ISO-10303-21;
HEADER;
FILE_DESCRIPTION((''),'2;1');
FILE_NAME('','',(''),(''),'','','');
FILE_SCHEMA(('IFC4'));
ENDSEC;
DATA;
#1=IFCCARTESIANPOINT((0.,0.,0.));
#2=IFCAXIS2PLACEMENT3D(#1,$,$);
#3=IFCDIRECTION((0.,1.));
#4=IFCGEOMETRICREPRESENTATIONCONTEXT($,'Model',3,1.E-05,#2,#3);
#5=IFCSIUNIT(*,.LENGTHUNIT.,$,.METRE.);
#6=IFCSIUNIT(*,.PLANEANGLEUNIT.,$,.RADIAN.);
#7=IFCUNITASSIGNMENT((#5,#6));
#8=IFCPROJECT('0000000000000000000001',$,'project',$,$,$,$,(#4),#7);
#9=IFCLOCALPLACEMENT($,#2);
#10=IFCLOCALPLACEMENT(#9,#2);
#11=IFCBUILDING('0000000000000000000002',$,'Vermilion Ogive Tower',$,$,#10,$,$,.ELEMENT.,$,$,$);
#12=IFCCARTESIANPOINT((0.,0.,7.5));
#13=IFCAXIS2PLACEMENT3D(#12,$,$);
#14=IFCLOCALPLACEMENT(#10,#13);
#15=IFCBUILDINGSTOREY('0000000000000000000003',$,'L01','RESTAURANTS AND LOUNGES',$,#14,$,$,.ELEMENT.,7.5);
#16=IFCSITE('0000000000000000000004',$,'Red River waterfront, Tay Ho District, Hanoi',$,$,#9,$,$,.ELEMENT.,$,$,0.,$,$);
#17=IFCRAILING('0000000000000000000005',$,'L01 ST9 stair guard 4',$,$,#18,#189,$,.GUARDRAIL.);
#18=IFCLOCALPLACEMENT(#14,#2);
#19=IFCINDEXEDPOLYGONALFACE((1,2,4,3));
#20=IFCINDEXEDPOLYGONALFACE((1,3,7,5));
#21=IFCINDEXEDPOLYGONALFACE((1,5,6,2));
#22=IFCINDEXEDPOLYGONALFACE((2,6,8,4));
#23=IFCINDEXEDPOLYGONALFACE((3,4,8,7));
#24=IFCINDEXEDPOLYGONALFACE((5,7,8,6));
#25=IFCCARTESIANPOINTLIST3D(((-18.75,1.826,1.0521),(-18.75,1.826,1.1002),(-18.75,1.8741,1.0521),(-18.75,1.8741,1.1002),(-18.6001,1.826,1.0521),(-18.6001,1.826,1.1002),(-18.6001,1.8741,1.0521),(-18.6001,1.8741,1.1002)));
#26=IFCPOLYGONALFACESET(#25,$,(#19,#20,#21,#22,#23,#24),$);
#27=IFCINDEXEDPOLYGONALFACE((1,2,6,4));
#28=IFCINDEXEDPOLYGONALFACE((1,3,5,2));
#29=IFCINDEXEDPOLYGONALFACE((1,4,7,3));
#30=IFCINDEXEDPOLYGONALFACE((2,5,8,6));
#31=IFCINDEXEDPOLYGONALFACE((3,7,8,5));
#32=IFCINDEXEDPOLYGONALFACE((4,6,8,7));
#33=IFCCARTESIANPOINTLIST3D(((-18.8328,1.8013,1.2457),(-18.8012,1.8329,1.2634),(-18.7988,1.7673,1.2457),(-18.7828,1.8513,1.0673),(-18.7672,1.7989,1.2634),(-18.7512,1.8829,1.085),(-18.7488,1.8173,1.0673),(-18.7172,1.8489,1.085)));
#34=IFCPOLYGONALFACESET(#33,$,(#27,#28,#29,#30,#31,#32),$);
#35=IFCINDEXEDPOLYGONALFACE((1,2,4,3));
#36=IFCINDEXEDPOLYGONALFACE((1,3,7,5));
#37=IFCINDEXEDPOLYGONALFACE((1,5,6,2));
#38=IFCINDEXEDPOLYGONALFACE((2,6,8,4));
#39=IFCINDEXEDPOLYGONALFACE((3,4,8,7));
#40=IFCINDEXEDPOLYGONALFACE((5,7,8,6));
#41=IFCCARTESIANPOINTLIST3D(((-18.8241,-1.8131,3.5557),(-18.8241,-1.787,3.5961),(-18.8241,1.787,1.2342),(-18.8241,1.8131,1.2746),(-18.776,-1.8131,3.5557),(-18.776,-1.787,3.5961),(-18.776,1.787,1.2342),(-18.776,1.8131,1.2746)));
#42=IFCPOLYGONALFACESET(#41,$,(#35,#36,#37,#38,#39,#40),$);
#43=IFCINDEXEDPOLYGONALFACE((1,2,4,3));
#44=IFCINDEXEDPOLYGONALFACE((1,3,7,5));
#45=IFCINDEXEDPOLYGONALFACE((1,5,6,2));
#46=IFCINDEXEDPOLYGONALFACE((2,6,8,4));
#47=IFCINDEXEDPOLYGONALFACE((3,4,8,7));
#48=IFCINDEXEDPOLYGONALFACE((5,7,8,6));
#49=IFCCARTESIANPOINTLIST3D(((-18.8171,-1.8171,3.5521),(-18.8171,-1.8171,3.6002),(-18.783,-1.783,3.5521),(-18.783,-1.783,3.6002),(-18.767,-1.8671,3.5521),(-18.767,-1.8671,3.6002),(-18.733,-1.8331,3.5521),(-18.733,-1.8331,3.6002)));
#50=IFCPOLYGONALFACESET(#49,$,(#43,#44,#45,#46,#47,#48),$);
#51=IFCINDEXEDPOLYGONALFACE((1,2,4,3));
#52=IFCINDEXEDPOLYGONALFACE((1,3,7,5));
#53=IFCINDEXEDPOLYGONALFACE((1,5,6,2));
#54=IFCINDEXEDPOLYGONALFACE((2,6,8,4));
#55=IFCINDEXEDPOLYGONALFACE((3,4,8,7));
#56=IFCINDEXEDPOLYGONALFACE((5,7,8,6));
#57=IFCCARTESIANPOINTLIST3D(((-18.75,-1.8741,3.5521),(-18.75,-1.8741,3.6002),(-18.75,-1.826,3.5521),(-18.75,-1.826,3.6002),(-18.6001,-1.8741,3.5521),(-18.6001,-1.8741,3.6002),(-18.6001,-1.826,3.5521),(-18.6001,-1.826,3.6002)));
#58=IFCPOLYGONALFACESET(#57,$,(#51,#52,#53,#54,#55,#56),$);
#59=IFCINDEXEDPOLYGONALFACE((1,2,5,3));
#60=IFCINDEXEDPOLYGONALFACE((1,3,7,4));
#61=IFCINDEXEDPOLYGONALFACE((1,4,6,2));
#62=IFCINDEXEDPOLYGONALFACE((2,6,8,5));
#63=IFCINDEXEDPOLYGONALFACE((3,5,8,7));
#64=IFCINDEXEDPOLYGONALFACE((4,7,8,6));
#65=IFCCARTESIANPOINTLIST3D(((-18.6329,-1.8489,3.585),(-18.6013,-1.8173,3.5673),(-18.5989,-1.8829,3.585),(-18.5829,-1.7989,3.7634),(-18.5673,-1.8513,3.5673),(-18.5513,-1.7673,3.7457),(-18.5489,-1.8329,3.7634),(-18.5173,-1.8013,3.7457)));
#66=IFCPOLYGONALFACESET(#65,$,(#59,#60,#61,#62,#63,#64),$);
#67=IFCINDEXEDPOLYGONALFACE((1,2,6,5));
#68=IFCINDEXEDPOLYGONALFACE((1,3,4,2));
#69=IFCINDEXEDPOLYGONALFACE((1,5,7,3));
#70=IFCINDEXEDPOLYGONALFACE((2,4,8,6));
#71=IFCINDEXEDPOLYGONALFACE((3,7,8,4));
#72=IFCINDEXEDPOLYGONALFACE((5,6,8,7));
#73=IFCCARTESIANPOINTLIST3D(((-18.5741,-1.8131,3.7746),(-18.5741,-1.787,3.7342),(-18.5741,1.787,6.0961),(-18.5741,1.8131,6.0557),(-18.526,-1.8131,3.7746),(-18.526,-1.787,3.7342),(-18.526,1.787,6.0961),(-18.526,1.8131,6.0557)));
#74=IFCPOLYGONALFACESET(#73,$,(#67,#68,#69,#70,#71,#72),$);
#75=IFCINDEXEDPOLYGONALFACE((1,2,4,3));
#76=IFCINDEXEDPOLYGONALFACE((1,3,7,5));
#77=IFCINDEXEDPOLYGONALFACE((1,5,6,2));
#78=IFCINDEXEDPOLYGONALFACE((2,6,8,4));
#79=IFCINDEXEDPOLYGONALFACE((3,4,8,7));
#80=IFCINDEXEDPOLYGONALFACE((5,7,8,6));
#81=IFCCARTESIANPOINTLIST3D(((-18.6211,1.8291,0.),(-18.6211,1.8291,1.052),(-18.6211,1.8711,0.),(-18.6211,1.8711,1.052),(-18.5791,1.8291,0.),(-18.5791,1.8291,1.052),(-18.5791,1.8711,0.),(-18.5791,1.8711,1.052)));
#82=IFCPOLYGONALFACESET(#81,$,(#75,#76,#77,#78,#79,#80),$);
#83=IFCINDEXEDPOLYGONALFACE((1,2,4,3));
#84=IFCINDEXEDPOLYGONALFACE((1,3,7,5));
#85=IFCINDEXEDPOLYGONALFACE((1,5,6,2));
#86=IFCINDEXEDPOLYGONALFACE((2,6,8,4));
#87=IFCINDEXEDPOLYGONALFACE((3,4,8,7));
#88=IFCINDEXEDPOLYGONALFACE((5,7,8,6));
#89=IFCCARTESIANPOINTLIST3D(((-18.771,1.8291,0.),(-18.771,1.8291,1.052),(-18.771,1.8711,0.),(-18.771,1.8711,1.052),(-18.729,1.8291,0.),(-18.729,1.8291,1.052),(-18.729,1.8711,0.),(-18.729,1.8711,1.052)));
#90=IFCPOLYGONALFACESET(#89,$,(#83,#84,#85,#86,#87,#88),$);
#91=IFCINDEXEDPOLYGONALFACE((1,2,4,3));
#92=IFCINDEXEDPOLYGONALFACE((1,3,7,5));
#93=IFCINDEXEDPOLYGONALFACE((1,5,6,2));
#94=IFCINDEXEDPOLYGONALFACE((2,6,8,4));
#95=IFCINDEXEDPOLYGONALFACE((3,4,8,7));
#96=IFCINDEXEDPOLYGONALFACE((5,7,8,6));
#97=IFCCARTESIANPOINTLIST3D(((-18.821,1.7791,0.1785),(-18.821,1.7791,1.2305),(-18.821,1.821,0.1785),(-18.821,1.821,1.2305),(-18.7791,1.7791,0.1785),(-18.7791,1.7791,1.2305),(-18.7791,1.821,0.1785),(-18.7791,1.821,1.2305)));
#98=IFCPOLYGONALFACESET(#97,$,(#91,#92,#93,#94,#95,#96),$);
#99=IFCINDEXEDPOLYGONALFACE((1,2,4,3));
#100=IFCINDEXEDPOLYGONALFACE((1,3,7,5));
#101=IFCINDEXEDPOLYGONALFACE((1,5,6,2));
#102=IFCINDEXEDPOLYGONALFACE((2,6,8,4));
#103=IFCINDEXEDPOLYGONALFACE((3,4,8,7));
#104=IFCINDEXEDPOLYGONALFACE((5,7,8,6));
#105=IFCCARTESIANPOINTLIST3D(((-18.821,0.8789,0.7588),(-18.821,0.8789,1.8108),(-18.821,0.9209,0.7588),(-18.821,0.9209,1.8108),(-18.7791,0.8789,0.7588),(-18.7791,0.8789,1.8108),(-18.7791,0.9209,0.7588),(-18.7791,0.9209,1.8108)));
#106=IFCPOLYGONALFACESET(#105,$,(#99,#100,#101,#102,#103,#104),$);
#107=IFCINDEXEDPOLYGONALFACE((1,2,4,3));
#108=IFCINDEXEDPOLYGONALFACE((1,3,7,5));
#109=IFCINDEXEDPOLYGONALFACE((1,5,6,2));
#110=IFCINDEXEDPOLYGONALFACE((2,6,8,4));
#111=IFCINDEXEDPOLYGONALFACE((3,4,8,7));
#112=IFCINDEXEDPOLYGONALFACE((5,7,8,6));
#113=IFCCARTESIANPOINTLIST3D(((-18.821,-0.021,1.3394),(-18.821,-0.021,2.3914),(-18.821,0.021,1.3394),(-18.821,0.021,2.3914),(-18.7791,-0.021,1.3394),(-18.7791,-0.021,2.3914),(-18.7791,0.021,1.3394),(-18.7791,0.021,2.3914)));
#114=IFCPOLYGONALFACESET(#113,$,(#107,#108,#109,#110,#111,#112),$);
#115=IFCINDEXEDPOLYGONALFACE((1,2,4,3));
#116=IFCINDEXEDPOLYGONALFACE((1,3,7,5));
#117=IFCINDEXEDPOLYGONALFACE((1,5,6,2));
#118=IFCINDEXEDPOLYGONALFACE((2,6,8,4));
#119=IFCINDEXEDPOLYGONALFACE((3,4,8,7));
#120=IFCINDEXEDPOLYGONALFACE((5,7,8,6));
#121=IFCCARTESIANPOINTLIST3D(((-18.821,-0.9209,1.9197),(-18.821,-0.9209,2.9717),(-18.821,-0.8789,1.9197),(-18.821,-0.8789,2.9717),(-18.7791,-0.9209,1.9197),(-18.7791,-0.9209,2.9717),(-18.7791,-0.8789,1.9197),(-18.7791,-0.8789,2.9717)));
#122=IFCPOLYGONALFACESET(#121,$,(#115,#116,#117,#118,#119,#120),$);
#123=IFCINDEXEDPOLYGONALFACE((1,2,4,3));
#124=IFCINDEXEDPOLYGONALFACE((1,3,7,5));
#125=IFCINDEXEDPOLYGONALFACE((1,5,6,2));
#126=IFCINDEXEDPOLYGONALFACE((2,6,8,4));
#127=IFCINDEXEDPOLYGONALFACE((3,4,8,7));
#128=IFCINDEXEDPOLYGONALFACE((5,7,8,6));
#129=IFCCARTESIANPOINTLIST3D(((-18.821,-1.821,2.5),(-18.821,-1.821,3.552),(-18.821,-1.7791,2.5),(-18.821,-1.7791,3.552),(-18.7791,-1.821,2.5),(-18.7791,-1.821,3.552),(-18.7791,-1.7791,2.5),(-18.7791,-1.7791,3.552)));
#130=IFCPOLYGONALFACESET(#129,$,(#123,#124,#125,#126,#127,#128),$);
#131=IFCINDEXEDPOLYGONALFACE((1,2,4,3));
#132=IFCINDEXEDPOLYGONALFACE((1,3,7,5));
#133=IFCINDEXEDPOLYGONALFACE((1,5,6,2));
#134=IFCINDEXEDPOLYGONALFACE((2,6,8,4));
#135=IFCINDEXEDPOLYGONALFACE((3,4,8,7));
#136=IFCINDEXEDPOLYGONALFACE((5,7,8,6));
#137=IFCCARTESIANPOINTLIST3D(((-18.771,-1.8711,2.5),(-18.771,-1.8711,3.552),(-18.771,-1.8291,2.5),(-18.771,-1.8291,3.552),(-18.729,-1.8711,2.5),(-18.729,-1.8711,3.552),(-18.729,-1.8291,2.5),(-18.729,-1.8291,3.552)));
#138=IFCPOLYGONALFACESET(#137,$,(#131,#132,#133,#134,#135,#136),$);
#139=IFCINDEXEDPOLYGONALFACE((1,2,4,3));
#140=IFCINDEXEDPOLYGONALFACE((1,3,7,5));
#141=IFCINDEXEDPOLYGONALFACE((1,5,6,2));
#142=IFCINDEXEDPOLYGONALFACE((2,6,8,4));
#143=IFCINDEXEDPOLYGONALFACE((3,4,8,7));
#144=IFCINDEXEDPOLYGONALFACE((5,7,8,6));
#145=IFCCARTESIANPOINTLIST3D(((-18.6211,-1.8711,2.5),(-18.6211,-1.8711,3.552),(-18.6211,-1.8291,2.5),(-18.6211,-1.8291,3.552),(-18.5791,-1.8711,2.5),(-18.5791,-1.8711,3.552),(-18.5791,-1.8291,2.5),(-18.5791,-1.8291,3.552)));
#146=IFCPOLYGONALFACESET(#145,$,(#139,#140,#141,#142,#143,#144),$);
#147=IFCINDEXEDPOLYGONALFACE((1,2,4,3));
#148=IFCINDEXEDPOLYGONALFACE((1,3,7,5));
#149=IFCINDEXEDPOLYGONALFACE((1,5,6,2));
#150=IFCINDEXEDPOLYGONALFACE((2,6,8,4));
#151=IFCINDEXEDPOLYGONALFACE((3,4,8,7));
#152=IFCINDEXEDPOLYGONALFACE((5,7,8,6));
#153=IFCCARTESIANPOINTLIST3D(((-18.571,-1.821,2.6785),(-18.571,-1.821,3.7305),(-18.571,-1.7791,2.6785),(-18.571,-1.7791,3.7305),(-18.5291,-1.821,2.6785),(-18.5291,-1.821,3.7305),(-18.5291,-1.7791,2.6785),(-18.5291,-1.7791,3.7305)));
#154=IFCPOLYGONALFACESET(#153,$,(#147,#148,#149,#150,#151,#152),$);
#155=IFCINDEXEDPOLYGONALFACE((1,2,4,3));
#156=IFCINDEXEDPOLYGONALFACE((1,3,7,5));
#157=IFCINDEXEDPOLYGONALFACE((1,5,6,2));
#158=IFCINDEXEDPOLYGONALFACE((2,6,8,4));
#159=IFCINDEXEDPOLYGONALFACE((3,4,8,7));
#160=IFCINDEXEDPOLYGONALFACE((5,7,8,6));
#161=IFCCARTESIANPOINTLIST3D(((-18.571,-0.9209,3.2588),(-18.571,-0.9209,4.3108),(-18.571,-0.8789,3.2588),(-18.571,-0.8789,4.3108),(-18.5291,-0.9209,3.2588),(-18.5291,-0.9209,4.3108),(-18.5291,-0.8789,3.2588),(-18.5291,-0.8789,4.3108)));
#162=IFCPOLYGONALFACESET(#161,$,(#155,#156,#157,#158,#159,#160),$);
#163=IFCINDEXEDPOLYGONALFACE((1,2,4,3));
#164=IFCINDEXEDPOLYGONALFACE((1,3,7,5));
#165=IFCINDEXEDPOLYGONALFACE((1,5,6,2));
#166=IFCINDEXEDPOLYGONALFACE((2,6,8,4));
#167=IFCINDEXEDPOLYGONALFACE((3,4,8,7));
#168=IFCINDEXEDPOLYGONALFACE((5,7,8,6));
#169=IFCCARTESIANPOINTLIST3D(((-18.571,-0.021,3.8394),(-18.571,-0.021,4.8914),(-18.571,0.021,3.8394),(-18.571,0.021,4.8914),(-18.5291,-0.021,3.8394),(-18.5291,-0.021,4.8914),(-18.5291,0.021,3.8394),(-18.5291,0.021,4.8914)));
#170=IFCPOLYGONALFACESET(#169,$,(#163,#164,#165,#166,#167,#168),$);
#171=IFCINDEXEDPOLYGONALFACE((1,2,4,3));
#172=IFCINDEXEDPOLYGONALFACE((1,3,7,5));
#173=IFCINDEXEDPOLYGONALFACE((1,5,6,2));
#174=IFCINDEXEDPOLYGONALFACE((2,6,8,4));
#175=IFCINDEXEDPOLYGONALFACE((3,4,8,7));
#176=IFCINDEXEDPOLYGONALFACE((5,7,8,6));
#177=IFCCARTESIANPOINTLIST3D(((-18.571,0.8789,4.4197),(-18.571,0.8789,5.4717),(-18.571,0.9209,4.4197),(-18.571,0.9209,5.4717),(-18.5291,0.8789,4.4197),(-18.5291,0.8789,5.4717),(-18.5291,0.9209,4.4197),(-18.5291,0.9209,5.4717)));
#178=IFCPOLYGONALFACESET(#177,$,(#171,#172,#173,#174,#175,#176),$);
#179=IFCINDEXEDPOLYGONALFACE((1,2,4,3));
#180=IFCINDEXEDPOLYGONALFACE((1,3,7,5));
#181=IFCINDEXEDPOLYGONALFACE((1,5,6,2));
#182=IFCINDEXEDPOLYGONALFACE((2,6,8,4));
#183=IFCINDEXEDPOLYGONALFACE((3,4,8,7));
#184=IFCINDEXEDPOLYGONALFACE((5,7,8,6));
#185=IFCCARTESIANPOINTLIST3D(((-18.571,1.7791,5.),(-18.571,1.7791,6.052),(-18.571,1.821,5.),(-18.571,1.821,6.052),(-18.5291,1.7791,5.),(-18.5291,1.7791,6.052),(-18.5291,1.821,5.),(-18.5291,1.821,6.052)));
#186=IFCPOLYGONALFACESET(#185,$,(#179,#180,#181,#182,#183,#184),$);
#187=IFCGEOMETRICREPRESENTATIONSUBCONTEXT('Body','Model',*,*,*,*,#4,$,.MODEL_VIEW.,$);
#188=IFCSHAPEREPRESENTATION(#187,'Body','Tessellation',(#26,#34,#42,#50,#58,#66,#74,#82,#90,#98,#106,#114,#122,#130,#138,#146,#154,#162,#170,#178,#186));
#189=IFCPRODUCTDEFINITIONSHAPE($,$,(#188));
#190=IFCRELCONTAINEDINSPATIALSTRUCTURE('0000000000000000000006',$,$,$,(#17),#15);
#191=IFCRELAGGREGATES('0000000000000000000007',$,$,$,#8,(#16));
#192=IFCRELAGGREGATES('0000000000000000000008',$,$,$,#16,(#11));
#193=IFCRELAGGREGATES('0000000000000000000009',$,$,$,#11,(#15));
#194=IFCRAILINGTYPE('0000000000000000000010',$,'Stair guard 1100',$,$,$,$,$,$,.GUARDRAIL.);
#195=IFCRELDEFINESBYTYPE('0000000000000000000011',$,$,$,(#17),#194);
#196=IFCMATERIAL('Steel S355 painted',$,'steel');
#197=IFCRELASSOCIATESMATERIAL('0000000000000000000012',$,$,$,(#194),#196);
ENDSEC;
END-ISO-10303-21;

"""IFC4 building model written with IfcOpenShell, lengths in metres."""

from ifc_helpers import new_model, si_unit, direction, frame, origin, origin_2d, place, context, subcontext, project, spatial, rectangle, extrude, material, type_object, element, save


model = new_model("IFC4")

# Units and contexts
model_context = context("Model", 3, precision=1e-05, world=origin(), true_north=direction((0.0, 1.0)))
body_context = subcontext(model_context, "Body", "Model", "MODEL_VIEW")
ifc_project = project(units=[si_unit("LENGTHUNIT", "METRE"), si_unit("PLANEANGLEUNIT", "RADIAN")], contexts=[model_context])

# Site, building, storey
site_placement = place(None, origin())
site = spatial("IfcSite", under=ifc_project, at=site_placement, Name="Red River waterfront, Tay Ho District, Hanoi", CompositionType="ELEMENT", RefElevation=0.0)
building_placement = place(site_placement, origin())
building = spatial("IfcBuilding", under=site, at=building_placement, Name="Vermilion Ogive Tower", CompositionType="ELEMENT")
storey_placement = place(building_placement, frame((0.0, 0.0, 7.5)))
storey = spatial("IfcBuildingStorey", under=building, at=storey_placement, Name="L01", Description="RESTAURANTS AND LOUNGES", CompositionType="ELEMENT", Elevation=7.5)

# Railing
ifc_material_1 = material(Name="Steel S355 painted", Category="steel")
railing_type_1 = type_object("IfcRailingType", Name="Stair guard 1100", PredefinedType="GUARDRAIL", material=ifc_material_1)
railing_1_placement = place(storey_placement, frame((-18.6001, 1.8501, 0.0)))
element("IfcRailing", 1, at=railing_1_placement, inside=storey, type_object=railing_type_1, Name="L01 ST9 stair guard 4", PredefinedType="GUARDRAIL", context=body_context, shape_type="SweptSolid", body=[
    extrude(rectangle(XDim=0.0481, YDim=0.0481, at=origin_2d()), frame((0.0, 0.0, 1.0762), z_axis=(-1.0, 0.0, 0.0), x_axis=(0.0, -1.0, 0.0)), (0.0, 0.0, 1.0), 0.1499),
    extrude(rectangle(XDim=0.0481, YDim=0.0481, at=origin_2d()), frame((-0.1499, 0.0, 1.0762), z_axis=(-0.260685, -0.260685, 0.929563), x_axis=(0.707107, -0.707107, 0.0)), (0.0, 0.0, 1.0), 0.1919),
    extrude(rectangle(XDim=0.0481, YDim=0.0481, at=origin_2d()), frame((-0.2, -0.05, 1.2544), z_axis=(0.0, -0.840415, 0.541944), x_axis=(1.0, 0.0, 0.0)), (0.0, 0.0, 1.0), 4.2837),
    extrude(rectangle(XDim=0.0481, YDim=0.0481, at=origin_2d()), frame((-0.2, -3.6501, 3.5762), z_axis=(0.707107, -0.707107, 0.0), x_axis=(0.707107, 0.707107, 0.0)), (0.0, 0.0, 1.0), 0.0708),
    extrude(rectangle(XDim=0.0481, YDim=0.0481, at=origin_2d()), frame((-0.1499, -3.7002, 3.5762), z_axis=(1.0, 0.0, 0.0), x_axis=(0.0, 1.0, 0.0)), (0.0, 0.0, 1.0), 0.1499),
    extrude(rectangle(XDim=0.0481, YDim=0.0481, at=origin_2d()), frame((0.0, -3.7002, 3.5762), z_axis=(0.260685, 0.260685, 0.929563), x_axis=(-0.707107, 0.707107, 0.0)), (0.0, 0.0, 1.0), 0.1919),
    extrude(rectangle(XDim=0.0481, YDim=0.0481, at=origin_2d()), frame((0.05, -3.6501, 3.7544), z_axis=(0.0, 0.840415, 0.541944), x_axis=(-1.0, 0.0, 0.0)), (0.0, 0.0, 1.0), 4.2837),
    extrude(rectangle(XDim=0.042, YDim=0.042, at=origin_2d()), origin(), (0.0, 0.0, 1.0), 1.052),
    extrude(rectangle(XDim=0.042, YDim=0.042, at=origin_2d()), frame((-0.1499, 0.0, 0.0)), (0.0, 0.0, 1.0), 1.052),
    extrude(rectangle(XDim=0.042, YDim=0.042, at=origin_2d()), frame((-0.2, -0.05, 0.1785)), (0.0, 0.0, 1.0), 1.052),
    extrude(rectangle(XDim=0.042, YDim=0.042, at=origin_2d()), frame((-0.2, -0.9502, 0.7588)), (0.0, 0.0, 1.0), 1.052),
    extrude(rectangle(XDim=0.042, YDim=0.042, at=origin_2d()), frame((-0.2, -1.8501, 1.3394)), (0.0, 0.0, 1.0), 1.052),
    extrude(rectangle(XDim=0.042, YDim=0.042, at=origin_2d()), frame((-0.2, -2.75, 1.9197)), (0.0, 0.0, 1.0), 1.052),
    extrude(rectangle(XDim=0.042, YDim=0.042, at=origin_2d()), frame((-0.2, -3.6501, 2.5)), (0.0, 0.0, 1.0), 1.052),
    extrude(rectangle(XDim=0.042, YDim=0.042, at=origin_2d()), frame((-0.1499, -3.7002, 2.5)), (0.0, 0.0, 1.0), 1.052),
    extrude(rectangle(XDim=0.042, YDim=0.042, at=origin_2d()), frame((0.0, -3.7002, 2.5)), (0.0, 0.0, 1.0), 1.052),
    extrude(rectangle(XDim=0.042, YDim=0.042, at=origin_2d()), frame((0.05, -3.6501, 2.6785)), (0.0, 0.0, 1.0), 1.052),
    extrude(rectangle(XDim=0.042, YDim=0.042, at=origin_2d()), frame((0.05, -2.75, 3.2588)), (0.0, 0.0, 1.0), 1.052),
    extrude(rectangle(XDim=0.042, YDim=0.042, at=origin_2d()), frame((0.05, -1.8501, 3.8394)), (0.0, 0.0, 1.0), 1.052),
    extrude(rectangle(XDim=0.042, YDim=0.042, at=origin_2d()), frame((0.05, -0.9502, 4.4197)), (0.0, 0.0, 1.0), 1.052),
    extrude(rectangle(XDim=0.042, YDim=0.042, at=origin_2d()), frame((0.05, -0.05, 5.0)), (0.0, 0.0, 1.0), 1.052),
])

save(model, "model.ifc")
